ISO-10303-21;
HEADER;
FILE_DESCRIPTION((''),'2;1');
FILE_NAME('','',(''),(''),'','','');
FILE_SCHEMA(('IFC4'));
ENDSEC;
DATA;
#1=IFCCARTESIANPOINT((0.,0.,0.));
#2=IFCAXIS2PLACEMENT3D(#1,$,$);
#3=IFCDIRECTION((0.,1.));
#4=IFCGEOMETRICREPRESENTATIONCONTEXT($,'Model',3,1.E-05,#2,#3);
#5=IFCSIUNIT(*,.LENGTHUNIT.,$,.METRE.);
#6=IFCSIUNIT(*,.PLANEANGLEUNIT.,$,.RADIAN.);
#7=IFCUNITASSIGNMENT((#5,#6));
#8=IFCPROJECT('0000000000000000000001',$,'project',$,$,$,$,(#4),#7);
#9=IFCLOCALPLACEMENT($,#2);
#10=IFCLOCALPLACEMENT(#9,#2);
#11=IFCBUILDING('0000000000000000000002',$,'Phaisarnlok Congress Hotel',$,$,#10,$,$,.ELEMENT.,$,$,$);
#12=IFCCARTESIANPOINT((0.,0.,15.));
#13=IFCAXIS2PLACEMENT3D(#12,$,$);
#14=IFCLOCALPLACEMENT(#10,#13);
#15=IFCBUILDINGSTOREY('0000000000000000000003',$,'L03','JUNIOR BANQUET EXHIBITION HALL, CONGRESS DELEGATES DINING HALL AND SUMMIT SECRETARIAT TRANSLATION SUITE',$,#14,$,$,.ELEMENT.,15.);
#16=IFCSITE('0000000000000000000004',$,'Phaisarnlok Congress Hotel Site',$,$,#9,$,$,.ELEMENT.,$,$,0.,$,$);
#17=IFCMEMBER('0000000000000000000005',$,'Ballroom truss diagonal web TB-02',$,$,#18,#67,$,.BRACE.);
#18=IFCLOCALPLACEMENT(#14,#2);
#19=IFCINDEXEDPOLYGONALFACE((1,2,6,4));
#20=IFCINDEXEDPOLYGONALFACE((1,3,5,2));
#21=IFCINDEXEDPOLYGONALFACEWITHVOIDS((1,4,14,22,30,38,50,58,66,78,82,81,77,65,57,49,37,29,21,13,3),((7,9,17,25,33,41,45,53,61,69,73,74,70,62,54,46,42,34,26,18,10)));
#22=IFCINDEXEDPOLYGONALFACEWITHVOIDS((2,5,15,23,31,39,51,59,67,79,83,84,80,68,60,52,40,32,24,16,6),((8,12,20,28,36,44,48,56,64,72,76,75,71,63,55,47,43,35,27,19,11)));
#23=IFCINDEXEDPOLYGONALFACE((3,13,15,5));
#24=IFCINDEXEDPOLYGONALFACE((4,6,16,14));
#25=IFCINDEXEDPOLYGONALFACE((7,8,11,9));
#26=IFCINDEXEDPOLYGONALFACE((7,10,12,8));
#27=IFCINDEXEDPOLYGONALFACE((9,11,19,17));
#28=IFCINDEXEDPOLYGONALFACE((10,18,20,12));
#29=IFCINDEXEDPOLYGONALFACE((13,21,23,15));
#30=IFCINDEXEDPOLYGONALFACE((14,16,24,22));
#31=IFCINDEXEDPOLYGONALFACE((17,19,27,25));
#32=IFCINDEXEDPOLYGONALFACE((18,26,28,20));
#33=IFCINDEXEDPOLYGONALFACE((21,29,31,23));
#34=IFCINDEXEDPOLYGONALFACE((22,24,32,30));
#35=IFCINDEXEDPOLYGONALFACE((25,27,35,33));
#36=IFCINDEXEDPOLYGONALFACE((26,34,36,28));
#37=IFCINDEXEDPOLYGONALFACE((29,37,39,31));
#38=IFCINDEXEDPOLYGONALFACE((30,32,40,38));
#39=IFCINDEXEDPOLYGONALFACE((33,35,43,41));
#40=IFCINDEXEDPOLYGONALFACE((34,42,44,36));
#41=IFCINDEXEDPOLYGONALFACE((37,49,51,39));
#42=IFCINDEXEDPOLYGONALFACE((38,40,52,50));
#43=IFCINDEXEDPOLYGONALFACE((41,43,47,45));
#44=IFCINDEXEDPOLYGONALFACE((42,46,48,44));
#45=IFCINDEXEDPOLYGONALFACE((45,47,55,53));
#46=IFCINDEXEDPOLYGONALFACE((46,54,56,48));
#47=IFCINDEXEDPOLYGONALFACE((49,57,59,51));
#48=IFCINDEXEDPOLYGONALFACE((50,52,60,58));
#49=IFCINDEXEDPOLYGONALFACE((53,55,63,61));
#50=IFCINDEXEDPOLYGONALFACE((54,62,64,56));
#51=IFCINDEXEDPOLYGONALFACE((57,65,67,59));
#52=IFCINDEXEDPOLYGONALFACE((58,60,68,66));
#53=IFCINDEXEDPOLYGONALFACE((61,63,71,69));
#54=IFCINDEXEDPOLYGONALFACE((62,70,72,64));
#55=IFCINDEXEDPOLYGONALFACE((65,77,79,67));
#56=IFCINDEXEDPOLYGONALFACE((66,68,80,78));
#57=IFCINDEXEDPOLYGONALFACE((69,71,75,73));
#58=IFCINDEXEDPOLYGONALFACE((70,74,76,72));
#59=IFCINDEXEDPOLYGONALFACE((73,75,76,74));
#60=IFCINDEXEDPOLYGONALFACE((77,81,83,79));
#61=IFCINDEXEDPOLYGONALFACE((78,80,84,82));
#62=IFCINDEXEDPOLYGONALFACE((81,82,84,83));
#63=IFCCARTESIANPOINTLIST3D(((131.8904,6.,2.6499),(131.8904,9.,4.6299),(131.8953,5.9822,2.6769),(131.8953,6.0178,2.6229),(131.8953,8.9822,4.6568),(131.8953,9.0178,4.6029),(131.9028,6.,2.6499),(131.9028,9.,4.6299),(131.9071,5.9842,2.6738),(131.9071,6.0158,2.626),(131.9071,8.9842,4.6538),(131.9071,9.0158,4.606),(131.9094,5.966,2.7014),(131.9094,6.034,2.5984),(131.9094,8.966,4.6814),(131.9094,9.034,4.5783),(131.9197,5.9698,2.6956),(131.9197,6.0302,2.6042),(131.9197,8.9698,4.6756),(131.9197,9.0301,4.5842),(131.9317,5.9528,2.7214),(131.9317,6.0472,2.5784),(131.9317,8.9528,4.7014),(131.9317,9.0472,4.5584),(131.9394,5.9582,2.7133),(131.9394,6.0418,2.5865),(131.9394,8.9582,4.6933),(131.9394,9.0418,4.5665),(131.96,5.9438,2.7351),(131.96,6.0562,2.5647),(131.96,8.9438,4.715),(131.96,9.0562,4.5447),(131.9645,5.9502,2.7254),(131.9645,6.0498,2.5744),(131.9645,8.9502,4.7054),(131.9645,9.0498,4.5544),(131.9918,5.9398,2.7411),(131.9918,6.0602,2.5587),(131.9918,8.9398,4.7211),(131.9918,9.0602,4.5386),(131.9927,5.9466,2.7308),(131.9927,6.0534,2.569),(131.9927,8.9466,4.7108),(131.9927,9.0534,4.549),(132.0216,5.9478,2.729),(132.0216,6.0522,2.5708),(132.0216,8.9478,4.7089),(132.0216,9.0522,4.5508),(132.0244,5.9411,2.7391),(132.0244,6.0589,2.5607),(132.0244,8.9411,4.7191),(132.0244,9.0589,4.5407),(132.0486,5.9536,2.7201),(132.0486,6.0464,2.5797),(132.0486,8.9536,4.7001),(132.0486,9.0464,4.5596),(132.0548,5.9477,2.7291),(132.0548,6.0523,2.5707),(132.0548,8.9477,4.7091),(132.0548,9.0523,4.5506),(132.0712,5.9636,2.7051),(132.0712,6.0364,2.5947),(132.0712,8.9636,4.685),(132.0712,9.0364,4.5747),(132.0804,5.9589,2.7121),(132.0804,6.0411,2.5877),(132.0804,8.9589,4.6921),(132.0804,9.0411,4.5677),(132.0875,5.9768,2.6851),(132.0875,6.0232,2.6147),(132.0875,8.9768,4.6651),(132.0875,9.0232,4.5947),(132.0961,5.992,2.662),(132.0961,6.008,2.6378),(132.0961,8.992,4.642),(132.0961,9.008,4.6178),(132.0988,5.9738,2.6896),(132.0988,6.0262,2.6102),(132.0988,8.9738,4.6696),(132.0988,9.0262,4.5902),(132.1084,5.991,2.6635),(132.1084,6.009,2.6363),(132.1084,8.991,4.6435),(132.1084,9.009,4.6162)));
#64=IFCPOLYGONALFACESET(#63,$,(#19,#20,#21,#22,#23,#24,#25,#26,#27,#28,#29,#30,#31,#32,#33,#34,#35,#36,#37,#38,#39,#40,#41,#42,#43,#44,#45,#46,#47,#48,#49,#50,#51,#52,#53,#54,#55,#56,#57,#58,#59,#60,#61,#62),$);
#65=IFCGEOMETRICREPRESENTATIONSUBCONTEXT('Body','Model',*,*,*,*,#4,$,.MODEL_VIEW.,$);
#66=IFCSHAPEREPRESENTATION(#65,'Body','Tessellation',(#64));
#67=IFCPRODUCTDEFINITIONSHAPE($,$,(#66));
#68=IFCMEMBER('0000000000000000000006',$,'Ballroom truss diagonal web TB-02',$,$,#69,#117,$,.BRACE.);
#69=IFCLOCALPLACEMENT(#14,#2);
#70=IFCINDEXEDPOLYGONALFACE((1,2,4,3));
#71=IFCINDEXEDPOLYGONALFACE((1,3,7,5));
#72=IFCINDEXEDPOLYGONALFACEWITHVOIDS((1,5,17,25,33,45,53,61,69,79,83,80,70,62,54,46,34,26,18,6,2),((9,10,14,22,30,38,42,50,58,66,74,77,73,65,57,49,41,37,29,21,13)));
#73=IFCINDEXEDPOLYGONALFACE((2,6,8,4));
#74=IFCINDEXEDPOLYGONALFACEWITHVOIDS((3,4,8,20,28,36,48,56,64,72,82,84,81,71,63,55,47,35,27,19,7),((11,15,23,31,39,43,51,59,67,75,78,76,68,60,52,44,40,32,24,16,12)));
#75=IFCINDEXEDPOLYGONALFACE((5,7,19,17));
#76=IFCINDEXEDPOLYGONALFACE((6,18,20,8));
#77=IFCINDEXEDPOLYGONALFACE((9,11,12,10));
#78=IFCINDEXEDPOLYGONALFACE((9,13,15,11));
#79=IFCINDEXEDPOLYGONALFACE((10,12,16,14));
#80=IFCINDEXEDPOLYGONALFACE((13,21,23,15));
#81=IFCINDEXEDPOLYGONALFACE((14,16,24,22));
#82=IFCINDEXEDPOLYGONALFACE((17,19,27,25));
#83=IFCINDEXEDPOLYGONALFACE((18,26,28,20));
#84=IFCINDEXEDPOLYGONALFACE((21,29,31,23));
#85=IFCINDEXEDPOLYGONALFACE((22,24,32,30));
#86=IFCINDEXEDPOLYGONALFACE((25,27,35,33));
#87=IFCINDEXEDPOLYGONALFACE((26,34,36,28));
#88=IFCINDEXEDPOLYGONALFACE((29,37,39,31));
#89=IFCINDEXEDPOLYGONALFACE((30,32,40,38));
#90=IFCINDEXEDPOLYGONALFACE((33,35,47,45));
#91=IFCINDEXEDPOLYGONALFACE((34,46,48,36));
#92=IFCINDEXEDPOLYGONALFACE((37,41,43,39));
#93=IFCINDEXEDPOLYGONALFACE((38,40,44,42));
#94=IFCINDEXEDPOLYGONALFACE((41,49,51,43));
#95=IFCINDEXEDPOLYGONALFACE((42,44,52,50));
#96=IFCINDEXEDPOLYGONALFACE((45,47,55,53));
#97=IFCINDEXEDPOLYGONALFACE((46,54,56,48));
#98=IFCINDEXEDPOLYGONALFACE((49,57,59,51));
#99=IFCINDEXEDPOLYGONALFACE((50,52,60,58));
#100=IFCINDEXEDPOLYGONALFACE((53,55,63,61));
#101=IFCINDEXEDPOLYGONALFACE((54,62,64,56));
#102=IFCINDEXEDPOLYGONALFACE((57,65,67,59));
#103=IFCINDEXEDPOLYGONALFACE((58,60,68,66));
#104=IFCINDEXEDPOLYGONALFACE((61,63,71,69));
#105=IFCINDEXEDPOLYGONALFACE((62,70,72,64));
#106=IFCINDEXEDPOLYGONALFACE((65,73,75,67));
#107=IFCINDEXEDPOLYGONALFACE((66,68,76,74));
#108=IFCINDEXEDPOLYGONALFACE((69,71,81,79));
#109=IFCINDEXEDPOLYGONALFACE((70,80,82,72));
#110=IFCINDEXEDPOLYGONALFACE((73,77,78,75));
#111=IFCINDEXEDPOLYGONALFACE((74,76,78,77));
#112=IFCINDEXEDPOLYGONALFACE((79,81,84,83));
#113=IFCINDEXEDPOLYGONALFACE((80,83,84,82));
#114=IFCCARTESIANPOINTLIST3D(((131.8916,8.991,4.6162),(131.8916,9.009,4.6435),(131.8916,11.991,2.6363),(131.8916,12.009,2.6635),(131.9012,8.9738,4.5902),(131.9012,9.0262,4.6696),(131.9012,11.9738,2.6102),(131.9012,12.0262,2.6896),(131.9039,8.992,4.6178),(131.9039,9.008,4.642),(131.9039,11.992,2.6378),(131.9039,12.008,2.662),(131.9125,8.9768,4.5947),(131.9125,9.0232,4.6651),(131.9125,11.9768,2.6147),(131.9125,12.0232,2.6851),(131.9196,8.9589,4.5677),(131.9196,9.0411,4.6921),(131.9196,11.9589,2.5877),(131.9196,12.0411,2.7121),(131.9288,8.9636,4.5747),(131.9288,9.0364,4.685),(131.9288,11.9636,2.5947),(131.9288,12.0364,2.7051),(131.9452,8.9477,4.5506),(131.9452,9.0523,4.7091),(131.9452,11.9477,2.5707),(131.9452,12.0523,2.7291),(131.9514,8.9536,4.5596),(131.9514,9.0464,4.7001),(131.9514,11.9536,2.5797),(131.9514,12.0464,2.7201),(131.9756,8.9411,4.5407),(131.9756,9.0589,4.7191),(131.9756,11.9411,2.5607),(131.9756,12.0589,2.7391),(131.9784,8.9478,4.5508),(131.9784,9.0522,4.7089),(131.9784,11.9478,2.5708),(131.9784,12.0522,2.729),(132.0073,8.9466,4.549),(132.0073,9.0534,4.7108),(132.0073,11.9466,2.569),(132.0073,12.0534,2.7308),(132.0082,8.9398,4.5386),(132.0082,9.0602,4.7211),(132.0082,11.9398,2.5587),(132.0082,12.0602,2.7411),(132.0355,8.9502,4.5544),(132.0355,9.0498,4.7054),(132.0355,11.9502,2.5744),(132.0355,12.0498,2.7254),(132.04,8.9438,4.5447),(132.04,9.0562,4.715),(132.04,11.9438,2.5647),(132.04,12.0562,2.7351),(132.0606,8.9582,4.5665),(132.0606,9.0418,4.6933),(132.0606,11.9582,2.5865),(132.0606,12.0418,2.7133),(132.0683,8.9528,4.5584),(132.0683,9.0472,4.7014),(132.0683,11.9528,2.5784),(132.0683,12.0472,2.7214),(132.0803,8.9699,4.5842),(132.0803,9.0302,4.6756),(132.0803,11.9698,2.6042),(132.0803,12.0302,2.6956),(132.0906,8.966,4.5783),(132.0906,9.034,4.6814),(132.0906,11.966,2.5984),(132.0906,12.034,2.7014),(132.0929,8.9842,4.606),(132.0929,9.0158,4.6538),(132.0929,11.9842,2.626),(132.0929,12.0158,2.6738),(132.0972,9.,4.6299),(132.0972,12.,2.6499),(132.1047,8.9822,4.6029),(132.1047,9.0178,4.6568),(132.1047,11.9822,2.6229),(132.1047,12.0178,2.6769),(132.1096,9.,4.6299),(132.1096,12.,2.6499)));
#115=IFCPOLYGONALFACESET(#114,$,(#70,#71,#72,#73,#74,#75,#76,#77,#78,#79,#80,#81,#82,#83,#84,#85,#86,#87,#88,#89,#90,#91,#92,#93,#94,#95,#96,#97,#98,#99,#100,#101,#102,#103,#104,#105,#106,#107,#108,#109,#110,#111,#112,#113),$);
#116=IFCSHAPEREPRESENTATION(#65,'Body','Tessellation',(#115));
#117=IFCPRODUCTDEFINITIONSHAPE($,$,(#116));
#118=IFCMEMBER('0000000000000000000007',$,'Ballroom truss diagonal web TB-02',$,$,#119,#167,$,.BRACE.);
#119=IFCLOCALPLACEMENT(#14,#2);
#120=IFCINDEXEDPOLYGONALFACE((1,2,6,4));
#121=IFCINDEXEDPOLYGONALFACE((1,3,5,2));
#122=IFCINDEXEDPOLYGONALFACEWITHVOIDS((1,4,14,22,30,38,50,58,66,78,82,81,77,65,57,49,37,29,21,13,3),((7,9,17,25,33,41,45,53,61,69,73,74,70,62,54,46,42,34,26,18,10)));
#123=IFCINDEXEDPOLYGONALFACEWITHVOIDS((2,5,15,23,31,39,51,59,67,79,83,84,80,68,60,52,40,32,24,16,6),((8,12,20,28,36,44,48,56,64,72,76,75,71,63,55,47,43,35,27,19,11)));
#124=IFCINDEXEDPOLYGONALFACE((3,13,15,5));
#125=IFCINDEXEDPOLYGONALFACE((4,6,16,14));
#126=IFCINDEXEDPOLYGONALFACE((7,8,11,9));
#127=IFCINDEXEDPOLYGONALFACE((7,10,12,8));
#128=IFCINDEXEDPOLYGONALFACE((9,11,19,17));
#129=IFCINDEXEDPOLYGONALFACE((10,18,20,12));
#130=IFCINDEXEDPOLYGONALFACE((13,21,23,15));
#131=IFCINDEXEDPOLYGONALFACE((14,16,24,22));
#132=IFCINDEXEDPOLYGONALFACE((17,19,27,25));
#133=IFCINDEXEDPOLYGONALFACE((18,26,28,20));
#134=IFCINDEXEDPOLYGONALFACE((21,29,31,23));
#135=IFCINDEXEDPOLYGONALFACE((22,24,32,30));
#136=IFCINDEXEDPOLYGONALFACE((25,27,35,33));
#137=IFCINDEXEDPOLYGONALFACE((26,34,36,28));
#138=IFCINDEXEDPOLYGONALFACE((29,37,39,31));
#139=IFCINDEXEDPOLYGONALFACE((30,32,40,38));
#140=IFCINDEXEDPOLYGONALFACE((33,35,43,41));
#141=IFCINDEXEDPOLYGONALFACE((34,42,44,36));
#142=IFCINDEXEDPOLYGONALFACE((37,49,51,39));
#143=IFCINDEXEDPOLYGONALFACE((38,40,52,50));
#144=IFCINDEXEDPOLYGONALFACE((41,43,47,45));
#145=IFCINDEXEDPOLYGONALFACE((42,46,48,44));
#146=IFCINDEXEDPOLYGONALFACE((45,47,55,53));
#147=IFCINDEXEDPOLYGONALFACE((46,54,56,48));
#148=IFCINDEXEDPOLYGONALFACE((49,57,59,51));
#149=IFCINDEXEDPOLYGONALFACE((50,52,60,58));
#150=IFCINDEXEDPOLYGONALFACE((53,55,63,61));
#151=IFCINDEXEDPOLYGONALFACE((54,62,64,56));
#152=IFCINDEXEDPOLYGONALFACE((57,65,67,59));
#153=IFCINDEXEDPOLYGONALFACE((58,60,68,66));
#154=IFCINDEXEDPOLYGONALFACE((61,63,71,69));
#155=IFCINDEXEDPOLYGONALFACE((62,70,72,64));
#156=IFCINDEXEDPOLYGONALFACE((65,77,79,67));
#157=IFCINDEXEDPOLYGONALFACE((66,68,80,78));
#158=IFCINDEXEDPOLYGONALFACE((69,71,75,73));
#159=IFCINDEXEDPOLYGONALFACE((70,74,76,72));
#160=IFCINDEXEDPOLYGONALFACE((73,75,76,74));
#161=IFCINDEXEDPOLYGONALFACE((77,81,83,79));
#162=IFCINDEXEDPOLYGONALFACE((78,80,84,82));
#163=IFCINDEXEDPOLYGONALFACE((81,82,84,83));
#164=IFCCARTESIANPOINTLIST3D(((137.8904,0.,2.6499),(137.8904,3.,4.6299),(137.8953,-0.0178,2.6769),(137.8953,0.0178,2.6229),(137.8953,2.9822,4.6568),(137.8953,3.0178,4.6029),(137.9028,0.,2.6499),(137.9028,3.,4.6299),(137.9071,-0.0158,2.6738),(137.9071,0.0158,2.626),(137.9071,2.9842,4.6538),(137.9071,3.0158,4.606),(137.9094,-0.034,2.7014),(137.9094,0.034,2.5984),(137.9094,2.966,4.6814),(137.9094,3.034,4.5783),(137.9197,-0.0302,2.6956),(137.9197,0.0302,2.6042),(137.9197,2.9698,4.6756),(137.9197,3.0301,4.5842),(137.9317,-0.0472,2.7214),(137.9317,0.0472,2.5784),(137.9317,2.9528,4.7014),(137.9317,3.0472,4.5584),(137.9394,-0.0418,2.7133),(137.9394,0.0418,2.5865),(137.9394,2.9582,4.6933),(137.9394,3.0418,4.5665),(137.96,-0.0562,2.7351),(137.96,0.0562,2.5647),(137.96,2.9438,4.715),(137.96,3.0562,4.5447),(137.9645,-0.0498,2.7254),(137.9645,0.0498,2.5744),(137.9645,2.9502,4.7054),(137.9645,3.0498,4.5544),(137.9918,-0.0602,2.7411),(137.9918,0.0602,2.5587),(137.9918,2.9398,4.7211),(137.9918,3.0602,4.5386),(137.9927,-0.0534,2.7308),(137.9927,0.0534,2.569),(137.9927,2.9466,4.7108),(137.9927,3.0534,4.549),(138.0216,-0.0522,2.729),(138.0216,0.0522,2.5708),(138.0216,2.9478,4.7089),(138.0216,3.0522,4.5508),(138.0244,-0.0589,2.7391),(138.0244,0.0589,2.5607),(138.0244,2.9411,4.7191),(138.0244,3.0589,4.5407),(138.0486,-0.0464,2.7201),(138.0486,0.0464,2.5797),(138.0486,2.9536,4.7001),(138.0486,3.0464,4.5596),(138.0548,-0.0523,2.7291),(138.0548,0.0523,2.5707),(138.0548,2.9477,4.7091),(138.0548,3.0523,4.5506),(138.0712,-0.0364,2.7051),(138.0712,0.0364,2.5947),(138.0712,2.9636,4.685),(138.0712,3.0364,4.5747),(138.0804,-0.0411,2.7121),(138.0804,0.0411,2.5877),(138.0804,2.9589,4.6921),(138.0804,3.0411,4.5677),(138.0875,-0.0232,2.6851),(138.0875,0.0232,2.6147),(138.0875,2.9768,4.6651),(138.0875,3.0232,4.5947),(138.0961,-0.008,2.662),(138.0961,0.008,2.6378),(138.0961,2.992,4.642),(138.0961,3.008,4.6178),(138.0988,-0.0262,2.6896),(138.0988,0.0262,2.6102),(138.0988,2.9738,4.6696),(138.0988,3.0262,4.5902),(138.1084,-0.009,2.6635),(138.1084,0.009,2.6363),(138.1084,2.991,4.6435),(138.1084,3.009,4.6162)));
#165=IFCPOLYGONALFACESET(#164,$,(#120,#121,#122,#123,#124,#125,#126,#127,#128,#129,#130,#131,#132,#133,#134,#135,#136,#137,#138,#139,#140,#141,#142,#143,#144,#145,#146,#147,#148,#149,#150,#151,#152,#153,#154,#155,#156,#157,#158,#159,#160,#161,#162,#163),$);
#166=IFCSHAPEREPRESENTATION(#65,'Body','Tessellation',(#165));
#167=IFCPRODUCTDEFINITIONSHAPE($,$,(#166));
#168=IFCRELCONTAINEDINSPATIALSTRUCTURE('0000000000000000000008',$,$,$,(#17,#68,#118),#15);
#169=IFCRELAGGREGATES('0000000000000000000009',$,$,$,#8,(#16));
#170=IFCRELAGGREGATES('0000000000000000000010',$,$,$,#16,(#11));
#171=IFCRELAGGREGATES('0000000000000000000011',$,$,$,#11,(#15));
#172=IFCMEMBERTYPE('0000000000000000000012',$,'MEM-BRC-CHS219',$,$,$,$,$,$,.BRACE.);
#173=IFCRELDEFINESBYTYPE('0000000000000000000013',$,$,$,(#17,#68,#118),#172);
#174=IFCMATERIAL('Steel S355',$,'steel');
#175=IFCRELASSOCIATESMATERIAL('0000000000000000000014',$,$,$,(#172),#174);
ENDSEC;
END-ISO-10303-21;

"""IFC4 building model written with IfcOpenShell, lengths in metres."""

from ifc_helpers import new_model, si_unit, direction, frame, origin, origin_2d, place, context, subcontext, project, spatial, hollow_circle, extrude, material, material_profile, profile_set, type_object, element, save


model = new_model("IFC4")

# Units and contexts
model_context = context("Model", 3, precision=1e-05, world=origin(), true_north=direction((0.0, 1.0)))
body_context = subcontext(model_context, "Body", "Model", "MODEL_VIEW")
ifc_project = project(units=[si_unit("LENGTHUNIT", "METRE"), si_unit("PLANEANGLEUNIT", "RADIAN")], contexts=[model_context])

# Site, building, storey
site_placement = place(None, origin())
site = spatial("IfcSite", under=ifc_project, at=site_placement, Name="Phaisarnlok Congress Hotel Site", CompositionType="ELEMENT", RefElevation=0.0)
building_placement = place(site_placement, origin())
building = spatial("IfcBuilding", under=site, at=building_placement, Name="Phaisarnlok Congress Hotel", CompositionType="ELEMENT")
storey_placement = place(building_placement, frame((0.0, 0.0, 15.0)))
storey = spatial("IfcBuildingStorey", under=building, at=storey_placement, Name="L03", Description="JUNIOR BANQUET EXHIBITION HALL, CONGRESS DELEGATES DINING HALL AND SUMMIT SECRETARIAT TRANSLATION SUITE", CompositionType="ELEMENT", Elevation=15.0)

# Members
ifc_material_1 = material(Name="Steel S355", Category="steel")
ifc_material_profile_1 = material_profile(ifc_material_1, hollow_circle(Radius=0.1096, WallThickness=0.0125, at=origin_2d()), Name="CHS 219.1x12.5")
ifc_profile_set_1 = profile_set([ifc_material_profile_1], Name="Steel S355")
member_type_1 = type_object("IfcMemberType", Name="MEM-BRC-CHS219", PredefinedType="BRACE", material=ifc_profile_set_1)
for number, where, z_axis, x_axis, name in (
    (1, (132.0, 6.0, 2.6499), (0.0, 0.834612, 0.550838), (-1.0, 0.0, 0.0), "Ballroom truss diagonal web TB-02"),
    (2, (132.0, 12.0, 2.6499), (0.0, -0.834612, 0.550838), (1.0, 0.0, 0.0), "Ballroom truss diagonal web TB-02"),
    (3, (138.0, 0.0, 2.6499), (0.0, 0.834612, 0.550838), (-1.0, 0.0, 0.0), "Ballroom truss diagonal web TB-02"),
):
    element("IfcMember", number, at=place(storey_placement, frame(where, z_axis=z_axis, x_axis=x_axis)), inside=storey, type_object=member_type_1, Name=name, PredefinedType="BRACE", context=body_context, shape_type="SweptSolid", body=[
        extrude(hollow_circle(Radius=0.1096, WallThickness=0.0125, at=origin_2d()), origin(), (0.0, 0.0, 1.0), 3.5945),
    ])

save(model, "model.ifc")
